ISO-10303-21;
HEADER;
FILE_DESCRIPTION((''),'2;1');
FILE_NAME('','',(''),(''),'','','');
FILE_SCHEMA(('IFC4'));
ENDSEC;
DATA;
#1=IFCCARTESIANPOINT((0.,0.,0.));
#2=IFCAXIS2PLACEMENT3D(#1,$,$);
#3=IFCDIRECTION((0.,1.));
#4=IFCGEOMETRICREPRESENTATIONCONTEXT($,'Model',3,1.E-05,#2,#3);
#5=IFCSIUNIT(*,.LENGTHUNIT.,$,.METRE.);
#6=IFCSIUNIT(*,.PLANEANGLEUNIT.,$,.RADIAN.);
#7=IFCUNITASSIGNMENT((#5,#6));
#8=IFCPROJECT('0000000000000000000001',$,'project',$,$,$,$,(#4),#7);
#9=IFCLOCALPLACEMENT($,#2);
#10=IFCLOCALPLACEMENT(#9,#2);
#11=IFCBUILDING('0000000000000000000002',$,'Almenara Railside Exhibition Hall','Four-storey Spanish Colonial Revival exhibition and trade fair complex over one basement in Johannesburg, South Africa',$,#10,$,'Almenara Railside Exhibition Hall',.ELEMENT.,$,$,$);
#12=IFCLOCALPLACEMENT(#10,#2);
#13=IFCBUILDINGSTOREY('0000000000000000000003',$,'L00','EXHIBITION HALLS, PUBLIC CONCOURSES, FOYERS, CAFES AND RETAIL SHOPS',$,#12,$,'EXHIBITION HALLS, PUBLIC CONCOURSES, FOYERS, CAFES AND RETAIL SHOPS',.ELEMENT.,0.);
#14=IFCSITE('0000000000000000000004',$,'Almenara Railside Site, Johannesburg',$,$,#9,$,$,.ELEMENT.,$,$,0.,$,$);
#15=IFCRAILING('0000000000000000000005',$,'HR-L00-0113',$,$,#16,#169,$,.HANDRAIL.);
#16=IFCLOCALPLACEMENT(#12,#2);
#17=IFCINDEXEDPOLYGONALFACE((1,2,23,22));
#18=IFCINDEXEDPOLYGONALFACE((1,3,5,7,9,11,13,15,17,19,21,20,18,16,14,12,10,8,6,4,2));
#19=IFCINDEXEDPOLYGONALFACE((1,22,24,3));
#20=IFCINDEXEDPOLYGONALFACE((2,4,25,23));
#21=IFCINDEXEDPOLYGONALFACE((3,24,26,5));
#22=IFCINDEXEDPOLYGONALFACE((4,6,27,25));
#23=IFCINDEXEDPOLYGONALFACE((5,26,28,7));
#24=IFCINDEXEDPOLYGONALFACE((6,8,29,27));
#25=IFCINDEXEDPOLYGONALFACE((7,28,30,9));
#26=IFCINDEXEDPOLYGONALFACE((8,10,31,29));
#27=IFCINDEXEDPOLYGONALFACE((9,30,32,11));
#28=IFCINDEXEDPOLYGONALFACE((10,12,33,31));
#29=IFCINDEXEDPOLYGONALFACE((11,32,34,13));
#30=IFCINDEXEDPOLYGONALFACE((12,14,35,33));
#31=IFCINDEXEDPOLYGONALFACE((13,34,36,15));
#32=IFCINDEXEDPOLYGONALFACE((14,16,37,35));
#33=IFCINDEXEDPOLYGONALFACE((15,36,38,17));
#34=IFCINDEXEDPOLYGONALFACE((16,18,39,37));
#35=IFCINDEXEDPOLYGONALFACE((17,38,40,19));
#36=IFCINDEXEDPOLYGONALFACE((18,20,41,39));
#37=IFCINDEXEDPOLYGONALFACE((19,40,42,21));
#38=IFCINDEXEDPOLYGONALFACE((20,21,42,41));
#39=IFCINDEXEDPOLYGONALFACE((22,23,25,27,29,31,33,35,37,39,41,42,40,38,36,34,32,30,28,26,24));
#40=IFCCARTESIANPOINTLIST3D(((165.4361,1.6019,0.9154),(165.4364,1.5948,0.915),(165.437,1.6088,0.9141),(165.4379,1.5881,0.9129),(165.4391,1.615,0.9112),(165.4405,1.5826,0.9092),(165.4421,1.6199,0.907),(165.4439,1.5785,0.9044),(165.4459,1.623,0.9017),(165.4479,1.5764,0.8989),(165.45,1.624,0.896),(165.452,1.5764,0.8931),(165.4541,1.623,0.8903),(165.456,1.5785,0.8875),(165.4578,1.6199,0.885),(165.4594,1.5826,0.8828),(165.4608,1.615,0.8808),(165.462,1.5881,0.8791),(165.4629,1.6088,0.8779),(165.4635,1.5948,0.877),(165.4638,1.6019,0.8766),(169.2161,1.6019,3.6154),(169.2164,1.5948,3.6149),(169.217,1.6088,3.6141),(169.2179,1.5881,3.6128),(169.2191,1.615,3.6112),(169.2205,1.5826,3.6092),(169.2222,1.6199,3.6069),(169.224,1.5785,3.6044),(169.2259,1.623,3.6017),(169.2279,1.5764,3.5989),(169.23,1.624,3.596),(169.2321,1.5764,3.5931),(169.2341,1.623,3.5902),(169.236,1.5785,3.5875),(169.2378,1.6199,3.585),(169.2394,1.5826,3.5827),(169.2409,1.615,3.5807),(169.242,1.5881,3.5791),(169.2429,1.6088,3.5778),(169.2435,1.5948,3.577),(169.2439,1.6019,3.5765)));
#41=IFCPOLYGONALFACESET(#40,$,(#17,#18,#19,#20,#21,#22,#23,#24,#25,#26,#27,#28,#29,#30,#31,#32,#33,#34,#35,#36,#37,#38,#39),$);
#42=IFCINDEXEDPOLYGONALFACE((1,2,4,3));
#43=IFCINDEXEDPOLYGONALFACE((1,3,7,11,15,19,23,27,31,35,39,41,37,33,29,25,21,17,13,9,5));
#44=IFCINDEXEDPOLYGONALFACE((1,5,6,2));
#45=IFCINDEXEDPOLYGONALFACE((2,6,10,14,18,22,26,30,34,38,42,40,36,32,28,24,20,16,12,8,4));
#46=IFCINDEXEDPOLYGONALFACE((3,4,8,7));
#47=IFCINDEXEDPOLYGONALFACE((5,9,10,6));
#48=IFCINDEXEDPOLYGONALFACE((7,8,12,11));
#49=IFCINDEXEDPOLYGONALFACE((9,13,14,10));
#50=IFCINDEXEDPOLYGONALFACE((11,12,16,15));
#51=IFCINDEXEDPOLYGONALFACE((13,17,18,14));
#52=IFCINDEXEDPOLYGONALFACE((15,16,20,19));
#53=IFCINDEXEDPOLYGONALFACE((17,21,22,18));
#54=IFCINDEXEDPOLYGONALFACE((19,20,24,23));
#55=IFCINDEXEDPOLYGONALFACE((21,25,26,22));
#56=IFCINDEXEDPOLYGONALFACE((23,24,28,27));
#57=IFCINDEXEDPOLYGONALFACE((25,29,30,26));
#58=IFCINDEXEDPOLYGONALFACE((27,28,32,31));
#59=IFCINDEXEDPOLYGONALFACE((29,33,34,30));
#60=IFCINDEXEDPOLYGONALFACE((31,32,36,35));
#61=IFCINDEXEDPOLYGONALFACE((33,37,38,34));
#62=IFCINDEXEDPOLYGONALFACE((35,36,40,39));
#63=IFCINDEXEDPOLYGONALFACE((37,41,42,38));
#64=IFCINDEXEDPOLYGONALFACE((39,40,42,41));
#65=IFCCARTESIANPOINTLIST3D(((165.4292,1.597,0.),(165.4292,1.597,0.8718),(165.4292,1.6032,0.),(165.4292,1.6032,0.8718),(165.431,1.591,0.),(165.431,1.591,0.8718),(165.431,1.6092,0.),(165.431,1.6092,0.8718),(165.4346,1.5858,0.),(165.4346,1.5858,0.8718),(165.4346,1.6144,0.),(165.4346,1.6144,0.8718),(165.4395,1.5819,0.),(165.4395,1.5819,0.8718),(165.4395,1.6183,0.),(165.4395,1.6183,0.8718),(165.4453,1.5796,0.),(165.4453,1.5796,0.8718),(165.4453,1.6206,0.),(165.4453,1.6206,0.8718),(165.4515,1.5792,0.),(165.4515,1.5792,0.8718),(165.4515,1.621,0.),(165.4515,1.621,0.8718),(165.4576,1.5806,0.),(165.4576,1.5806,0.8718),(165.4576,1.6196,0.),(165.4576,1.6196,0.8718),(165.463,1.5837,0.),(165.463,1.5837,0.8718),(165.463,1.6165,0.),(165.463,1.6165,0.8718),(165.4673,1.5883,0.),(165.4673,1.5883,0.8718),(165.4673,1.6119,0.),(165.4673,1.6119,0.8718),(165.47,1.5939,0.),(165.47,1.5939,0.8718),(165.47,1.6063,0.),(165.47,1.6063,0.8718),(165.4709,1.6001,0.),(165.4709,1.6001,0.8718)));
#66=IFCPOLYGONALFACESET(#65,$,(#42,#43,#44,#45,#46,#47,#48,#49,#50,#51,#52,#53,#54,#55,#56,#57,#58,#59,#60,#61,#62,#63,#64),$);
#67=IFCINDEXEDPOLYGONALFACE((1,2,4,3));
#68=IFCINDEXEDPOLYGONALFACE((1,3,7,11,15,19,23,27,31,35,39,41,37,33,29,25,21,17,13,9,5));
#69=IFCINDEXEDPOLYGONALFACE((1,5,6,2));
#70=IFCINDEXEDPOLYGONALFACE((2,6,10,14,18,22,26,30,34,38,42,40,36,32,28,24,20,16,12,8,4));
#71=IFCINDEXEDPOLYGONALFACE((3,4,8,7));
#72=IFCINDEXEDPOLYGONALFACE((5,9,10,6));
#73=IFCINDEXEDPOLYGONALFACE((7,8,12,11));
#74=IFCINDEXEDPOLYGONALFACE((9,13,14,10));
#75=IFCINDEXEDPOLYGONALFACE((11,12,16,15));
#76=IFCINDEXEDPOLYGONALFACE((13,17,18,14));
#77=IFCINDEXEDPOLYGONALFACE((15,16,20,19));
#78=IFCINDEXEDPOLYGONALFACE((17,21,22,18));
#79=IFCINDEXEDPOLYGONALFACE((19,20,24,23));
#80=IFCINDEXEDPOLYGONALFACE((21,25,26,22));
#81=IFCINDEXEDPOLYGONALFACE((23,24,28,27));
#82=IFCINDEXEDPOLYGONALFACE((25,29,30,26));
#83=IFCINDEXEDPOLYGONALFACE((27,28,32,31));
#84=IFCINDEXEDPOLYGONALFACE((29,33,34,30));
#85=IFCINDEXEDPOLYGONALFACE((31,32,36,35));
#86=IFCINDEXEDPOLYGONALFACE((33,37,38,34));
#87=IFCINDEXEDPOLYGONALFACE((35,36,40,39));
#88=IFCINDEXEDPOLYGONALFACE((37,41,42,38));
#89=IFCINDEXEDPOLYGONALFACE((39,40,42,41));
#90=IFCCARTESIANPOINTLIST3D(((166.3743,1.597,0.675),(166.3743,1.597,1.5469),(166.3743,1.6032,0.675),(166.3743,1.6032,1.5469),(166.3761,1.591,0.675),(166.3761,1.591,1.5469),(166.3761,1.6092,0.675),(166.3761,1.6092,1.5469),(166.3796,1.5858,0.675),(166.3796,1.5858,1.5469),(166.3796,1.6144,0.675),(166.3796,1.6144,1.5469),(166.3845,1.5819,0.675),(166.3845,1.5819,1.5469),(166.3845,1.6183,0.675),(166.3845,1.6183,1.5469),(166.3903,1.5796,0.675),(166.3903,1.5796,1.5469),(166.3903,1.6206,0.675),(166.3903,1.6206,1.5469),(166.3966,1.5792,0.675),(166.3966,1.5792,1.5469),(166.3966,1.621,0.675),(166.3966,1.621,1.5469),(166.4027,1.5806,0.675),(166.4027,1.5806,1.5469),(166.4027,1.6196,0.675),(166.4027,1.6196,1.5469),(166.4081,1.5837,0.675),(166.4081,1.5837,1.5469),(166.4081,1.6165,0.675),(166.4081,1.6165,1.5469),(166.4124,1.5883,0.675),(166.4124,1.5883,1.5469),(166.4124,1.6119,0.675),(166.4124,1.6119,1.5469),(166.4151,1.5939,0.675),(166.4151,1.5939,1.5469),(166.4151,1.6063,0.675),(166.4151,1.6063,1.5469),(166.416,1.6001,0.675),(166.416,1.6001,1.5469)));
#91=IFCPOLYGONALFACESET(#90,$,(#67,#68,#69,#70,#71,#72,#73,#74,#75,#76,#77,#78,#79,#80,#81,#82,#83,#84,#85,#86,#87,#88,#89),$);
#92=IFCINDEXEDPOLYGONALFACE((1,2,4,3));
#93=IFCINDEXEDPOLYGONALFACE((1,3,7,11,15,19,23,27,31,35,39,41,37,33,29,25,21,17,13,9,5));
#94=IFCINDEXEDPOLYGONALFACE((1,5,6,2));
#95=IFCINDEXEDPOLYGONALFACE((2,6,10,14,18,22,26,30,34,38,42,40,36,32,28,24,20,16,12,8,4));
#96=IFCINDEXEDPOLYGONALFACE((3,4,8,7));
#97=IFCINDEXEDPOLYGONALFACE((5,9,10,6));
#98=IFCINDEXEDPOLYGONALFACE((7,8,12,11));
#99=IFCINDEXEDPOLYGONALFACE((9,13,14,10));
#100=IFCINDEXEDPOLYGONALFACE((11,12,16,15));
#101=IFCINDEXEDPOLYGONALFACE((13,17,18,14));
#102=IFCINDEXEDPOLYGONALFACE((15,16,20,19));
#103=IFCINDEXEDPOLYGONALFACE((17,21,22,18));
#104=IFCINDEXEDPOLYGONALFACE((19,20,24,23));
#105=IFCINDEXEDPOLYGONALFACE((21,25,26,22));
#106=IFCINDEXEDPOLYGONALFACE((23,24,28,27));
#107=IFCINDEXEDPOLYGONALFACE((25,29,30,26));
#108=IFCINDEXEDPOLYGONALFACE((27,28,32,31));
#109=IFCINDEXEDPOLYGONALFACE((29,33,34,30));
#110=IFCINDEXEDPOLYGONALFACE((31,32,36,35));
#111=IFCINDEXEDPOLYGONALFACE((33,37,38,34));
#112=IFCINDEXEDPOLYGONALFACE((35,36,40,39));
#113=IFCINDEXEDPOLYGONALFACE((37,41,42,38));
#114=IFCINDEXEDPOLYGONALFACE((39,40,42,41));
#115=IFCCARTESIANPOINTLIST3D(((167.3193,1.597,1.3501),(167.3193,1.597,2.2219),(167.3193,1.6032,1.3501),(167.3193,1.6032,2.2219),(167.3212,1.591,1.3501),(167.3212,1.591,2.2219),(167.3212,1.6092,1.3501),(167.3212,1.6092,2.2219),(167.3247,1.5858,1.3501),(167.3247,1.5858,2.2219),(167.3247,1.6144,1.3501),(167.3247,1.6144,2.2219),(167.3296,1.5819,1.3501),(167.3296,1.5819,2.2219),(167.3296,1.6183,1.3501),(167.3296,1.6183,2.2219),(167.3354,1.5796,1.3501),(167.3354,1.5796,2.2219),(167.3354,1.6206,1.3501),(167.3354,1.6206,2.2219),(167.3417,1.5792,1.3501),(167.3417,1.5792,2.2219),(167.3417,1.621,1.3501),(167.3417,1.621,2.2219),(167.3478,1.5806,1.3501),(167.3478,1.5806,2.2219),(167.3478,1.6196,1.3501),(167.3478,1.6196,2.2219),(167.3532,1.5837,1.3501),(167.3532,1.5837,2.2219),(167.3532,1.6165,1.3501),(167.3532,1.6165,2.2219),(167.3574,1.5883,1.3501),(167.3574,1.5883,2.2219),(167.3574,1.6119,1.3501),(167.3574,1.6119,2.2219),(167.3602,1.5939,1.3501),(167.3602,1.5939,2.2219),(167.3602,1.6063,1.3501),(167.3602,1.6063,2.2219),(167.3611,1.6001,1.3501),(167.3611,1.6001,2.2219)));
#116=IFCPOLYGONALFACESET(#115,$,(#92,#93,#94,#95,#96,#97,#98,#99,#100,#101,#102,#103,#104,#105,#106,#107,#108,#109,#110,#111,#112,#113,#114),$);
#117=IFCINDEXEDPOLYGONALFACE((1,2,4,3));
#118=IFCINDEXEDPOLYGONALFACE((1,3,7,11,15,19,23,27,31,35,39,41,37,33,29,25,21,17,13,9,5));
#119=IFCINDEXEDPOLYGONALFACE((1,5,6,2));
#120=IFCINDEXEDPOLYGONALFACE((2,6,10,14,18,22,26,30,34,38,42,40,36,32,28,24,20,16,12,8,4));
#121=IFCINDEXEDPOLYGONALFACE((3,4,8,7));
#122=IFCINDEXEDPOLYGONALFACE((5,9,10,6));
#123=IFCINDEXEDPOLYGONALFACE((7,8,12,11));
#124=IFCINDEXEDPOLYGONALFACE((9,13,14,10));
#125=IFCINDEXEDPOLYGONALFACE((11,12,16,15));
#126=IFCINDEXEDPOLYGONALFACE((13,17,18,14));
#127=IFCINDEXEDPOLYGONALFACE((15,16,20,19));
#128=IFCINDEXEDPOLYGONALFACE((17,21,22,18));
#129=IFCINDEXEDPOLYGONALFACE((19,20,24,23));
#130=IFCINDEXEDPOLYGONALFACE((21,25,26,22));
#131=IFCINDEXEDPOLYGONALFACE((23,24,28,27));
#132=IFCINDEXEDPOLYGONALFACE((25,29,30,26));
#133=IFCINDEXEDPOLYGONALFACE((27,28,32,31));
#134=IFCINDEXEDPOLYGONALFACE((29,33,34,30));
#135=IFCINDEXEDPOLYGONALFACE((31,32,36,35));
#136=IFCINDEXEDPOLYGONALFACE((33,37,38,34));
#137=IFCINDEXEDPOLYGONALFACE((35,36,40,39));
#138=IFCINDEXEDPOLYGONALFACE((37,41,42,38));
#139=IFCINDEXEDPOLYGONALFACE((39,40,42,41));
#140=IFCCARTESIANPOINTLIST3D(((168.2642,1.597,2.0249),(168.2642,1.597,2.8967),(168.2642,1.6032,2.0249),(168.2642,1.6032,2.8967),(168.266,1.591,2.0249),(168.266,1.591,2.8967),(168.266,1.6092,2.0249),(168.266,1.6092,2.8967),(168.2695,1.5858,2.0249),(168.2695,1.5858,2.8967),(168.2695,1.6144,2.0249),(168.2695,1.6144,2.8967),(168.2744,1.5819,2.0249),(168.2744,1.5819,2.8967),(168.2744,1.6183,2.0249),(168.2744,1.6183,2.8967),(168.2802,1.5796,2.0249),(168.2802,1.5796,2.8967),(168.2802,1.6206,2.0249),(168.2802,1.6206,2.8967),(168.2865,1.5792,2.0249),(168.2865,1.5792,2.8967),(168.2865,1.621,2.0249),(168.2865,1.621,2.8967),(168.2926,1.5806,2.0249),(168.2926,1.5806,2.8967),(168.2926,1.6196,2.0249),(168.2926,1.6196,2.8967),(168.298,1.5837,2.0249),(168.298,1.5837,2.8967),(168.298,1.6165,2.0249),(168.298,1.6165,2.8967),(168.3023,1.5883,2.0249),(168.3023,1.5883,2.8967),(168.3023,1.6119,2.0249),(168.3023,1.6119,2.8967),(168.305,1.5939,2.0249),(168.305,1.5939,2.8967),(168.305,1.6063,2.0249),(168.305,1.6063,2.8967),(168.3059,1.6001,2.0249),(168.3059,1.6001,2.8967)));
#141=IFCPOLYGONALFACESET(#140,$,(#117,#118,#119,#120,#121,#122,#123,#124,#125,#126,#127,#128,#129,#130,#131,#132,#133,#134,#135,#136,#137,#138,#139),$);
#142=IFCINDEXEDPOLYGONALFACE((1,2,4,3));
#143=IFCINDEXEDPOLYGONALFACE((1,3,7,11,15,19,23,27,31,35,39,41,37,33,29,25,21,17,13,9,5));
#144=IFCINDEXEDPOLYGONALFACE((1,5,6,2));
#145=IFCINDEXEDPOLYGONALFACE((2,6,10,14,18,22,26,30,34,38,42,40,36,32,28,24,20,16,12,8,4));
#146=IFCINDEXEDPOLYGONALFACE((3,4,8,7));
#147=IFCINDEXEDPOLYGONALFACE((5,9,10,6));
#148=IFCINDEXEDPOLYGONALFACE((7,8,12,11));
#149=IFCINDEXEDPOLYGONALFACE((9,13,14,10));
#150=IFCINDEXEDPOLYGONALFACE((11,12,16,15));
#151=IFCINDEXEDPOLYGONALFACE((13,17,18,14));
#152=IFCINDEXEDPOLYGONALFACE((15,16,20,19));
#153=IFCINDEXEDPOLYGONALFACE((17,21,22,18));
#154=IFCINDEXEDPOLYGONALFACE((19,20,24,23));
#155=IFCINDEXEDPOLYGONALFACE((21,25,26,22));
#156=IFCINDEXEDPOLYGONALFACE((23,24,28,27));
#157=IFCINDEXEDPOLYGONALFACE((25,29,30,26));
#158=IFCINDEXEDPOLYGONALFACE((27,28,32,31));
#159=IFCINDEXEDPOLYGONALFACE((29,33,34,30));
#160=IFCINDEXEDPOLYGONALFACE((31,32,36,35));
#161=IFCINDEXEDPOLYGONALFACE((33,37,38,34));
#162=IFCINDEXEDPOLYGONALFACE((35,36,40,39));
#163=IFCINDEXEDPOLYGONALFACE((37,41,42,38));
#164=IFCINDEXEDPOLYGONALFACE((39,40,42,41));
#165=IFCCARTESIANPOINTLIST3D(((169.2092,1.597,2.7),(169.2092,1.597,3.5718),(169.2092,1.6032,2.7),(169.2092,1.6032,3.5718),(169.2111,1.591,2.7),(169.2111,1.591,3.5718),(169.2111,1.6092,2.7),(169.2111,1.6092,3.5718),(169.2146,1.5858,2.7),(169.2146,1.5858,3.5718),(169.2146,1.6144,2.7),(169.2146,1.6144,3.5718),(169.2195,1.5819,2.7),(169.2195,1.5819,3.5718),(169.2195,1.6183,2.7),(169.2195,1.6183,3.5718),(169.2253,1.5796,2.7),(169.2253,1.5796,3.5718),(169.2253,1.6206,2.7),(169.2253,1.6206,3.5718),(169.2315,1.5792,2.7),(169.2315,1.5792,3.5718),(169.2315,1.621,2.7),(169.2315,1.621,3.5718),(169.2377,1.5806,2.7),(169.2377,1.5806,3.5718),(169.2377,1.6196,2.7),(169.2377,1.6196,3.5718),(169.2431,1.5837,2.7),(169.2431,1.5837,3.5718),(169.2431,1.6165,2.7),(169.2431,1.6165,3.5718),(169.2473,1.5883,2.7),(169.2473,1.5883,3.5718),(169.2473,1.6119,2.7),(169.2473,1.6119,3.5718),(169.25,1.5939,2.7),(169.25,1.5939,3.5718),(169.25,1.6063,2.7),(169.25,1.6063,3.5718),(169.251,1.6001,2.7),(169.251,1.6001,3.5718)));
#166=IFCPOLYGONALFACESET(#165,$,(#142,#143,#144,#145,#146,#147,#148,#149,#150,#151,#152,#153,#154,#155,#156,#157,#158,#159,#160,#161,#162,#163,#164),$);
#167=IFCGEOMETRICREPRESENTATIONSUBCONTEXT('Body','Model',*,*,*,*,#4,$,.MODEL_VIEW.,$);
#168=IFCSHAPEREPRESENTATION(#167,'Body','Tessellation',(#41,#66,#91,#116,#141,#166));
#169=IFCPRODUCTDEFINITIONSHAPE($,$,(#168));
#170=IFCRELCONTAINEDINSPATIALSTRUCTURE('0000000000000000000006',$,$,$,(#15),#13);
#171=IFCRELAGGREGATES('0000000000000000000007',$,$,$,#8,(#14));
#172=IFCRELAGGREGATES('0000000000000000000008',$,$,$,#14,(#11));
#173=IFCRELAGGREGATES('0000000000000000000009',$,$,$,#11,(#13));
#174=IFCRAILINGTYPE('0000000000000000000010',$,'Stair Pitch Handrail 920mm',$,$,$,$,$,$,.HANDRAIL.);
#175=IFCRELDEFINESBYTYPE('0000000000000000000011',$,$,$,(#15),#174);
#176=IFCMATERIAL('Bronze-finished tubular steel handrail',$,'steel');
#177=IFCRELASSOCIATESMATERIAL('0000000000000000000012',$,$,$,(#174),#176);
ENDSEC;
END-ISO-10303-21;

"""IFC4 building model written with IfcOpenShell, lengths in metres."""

from ifc_helpers import new_model, si_unit, direction, frame, origin, origin_2d, place, context, subcontext, project, spatial, circle, extrude, material, type_object, element, save


model = new_model("IFC4")

# Units and contexts
model_context = context("Model", 3, precision=1e-05, world=origin(), true_north=direction((0.0, 1.0)))
body_context = subcontext(model_context, "Body", "Model", "MODEL_VIEW")
ifc_project = project(units=[si_unit("LENGTHUNIT", "METRE"), si_unit("PLANEANGLEUNIT", "RADIAN")], contexts=[model_context])

# Site, building, storey
site_placement = place(None, origin())
site = spatial("IfcSite", under=ifc_project, at=site_placement, Name="Almenara Railside Site, Johannesburg", CompositionType="ELEMENT", RefElevation=0.0)
building_placement = place(site_placement, origin())
building = spatial("IfcBuilding", under=site, at=building_placement, Name="Almenara Railside Exhibition Hall", Description="Four-storey Spanish Colonial Revival exhibition and trade fair complex over one basement in Johannesburg, South Africa", LongName="Almenara Railside Exhibition Hall", CompositionType="ELEMENT")
storey_placement = place(building_placement, origin())
storey = spatial("IfcBuildingStorey", under=building, at=storey_placement, Name="L00", Description="EXHIBITION HALLS, PUBLIC CONCOURSES, FOYERS, CAFES AND RETAIL SHOPS", LongName="EXHIBITION HALLS, PUBLIC CONCOURSES, FOYERS, CAFES AND RETAIL SHOPS", CompositionType="ELEMENT", Elevation=0.0)

# Railing
ifc_material_1 = material(Name="Bronze-finished tubular steel handrail", Category="steel")
railing_type_1 = type_object("IfcRailingType", Name="Stair Pitch Handrail 920mm", PredefinedType="HANDRAIL", material=ifc_material_1)
railing_1_placement = place(storey_placement, frame((165.45, 1.6001, 0.0)))
element("IfcRailing", 1, at=railing_1_placement, inside=storey, type_object=railing_type_1, Name="HR-L00-0113", PredefinedType="HANDRAIL", context=body_context, shape_type="SweptSolid", body=[
    extrude(circle(Radius=0.0239, at=origin_2d()), frame((0.0, 0.0, 0.896), z_axis=(0.813741, 0.0, 0.581228), x_axis=(0.0, 1.0, 0.0)), (0.0, 0.0, 1.0), 4.6453),
    extrude(circle(Radius=0.021, at=origin_2d()), origin(), (0.0, 0.0, 1.0), 0.8718),
    extrude(circle(Radius=0.021, at=origin_2d()), frame((0.9451, 0.0, 0.675)), (0.0, 0.0, 1.0), 0.8718),
    extrude(circle(Radius=0.021, at=origin_2d()), frame((1.8901, 0.0, 1.3501)), (0.0, 0.0, 1.0), 0.8718),
    extrude(circle(Radius=0.021, at=origin_2d()), frame((2.835, 0.0, 2.0249)), (0.0, 0.0, 1.0), 0.8718),
    extrude(circle(Radius=0.021, at=origin_2d()), frame((3.78, 0.0, 2.7)), (0.0, 0.0, 1.0), 0.8718),
])

save(model, "model.ifc")
